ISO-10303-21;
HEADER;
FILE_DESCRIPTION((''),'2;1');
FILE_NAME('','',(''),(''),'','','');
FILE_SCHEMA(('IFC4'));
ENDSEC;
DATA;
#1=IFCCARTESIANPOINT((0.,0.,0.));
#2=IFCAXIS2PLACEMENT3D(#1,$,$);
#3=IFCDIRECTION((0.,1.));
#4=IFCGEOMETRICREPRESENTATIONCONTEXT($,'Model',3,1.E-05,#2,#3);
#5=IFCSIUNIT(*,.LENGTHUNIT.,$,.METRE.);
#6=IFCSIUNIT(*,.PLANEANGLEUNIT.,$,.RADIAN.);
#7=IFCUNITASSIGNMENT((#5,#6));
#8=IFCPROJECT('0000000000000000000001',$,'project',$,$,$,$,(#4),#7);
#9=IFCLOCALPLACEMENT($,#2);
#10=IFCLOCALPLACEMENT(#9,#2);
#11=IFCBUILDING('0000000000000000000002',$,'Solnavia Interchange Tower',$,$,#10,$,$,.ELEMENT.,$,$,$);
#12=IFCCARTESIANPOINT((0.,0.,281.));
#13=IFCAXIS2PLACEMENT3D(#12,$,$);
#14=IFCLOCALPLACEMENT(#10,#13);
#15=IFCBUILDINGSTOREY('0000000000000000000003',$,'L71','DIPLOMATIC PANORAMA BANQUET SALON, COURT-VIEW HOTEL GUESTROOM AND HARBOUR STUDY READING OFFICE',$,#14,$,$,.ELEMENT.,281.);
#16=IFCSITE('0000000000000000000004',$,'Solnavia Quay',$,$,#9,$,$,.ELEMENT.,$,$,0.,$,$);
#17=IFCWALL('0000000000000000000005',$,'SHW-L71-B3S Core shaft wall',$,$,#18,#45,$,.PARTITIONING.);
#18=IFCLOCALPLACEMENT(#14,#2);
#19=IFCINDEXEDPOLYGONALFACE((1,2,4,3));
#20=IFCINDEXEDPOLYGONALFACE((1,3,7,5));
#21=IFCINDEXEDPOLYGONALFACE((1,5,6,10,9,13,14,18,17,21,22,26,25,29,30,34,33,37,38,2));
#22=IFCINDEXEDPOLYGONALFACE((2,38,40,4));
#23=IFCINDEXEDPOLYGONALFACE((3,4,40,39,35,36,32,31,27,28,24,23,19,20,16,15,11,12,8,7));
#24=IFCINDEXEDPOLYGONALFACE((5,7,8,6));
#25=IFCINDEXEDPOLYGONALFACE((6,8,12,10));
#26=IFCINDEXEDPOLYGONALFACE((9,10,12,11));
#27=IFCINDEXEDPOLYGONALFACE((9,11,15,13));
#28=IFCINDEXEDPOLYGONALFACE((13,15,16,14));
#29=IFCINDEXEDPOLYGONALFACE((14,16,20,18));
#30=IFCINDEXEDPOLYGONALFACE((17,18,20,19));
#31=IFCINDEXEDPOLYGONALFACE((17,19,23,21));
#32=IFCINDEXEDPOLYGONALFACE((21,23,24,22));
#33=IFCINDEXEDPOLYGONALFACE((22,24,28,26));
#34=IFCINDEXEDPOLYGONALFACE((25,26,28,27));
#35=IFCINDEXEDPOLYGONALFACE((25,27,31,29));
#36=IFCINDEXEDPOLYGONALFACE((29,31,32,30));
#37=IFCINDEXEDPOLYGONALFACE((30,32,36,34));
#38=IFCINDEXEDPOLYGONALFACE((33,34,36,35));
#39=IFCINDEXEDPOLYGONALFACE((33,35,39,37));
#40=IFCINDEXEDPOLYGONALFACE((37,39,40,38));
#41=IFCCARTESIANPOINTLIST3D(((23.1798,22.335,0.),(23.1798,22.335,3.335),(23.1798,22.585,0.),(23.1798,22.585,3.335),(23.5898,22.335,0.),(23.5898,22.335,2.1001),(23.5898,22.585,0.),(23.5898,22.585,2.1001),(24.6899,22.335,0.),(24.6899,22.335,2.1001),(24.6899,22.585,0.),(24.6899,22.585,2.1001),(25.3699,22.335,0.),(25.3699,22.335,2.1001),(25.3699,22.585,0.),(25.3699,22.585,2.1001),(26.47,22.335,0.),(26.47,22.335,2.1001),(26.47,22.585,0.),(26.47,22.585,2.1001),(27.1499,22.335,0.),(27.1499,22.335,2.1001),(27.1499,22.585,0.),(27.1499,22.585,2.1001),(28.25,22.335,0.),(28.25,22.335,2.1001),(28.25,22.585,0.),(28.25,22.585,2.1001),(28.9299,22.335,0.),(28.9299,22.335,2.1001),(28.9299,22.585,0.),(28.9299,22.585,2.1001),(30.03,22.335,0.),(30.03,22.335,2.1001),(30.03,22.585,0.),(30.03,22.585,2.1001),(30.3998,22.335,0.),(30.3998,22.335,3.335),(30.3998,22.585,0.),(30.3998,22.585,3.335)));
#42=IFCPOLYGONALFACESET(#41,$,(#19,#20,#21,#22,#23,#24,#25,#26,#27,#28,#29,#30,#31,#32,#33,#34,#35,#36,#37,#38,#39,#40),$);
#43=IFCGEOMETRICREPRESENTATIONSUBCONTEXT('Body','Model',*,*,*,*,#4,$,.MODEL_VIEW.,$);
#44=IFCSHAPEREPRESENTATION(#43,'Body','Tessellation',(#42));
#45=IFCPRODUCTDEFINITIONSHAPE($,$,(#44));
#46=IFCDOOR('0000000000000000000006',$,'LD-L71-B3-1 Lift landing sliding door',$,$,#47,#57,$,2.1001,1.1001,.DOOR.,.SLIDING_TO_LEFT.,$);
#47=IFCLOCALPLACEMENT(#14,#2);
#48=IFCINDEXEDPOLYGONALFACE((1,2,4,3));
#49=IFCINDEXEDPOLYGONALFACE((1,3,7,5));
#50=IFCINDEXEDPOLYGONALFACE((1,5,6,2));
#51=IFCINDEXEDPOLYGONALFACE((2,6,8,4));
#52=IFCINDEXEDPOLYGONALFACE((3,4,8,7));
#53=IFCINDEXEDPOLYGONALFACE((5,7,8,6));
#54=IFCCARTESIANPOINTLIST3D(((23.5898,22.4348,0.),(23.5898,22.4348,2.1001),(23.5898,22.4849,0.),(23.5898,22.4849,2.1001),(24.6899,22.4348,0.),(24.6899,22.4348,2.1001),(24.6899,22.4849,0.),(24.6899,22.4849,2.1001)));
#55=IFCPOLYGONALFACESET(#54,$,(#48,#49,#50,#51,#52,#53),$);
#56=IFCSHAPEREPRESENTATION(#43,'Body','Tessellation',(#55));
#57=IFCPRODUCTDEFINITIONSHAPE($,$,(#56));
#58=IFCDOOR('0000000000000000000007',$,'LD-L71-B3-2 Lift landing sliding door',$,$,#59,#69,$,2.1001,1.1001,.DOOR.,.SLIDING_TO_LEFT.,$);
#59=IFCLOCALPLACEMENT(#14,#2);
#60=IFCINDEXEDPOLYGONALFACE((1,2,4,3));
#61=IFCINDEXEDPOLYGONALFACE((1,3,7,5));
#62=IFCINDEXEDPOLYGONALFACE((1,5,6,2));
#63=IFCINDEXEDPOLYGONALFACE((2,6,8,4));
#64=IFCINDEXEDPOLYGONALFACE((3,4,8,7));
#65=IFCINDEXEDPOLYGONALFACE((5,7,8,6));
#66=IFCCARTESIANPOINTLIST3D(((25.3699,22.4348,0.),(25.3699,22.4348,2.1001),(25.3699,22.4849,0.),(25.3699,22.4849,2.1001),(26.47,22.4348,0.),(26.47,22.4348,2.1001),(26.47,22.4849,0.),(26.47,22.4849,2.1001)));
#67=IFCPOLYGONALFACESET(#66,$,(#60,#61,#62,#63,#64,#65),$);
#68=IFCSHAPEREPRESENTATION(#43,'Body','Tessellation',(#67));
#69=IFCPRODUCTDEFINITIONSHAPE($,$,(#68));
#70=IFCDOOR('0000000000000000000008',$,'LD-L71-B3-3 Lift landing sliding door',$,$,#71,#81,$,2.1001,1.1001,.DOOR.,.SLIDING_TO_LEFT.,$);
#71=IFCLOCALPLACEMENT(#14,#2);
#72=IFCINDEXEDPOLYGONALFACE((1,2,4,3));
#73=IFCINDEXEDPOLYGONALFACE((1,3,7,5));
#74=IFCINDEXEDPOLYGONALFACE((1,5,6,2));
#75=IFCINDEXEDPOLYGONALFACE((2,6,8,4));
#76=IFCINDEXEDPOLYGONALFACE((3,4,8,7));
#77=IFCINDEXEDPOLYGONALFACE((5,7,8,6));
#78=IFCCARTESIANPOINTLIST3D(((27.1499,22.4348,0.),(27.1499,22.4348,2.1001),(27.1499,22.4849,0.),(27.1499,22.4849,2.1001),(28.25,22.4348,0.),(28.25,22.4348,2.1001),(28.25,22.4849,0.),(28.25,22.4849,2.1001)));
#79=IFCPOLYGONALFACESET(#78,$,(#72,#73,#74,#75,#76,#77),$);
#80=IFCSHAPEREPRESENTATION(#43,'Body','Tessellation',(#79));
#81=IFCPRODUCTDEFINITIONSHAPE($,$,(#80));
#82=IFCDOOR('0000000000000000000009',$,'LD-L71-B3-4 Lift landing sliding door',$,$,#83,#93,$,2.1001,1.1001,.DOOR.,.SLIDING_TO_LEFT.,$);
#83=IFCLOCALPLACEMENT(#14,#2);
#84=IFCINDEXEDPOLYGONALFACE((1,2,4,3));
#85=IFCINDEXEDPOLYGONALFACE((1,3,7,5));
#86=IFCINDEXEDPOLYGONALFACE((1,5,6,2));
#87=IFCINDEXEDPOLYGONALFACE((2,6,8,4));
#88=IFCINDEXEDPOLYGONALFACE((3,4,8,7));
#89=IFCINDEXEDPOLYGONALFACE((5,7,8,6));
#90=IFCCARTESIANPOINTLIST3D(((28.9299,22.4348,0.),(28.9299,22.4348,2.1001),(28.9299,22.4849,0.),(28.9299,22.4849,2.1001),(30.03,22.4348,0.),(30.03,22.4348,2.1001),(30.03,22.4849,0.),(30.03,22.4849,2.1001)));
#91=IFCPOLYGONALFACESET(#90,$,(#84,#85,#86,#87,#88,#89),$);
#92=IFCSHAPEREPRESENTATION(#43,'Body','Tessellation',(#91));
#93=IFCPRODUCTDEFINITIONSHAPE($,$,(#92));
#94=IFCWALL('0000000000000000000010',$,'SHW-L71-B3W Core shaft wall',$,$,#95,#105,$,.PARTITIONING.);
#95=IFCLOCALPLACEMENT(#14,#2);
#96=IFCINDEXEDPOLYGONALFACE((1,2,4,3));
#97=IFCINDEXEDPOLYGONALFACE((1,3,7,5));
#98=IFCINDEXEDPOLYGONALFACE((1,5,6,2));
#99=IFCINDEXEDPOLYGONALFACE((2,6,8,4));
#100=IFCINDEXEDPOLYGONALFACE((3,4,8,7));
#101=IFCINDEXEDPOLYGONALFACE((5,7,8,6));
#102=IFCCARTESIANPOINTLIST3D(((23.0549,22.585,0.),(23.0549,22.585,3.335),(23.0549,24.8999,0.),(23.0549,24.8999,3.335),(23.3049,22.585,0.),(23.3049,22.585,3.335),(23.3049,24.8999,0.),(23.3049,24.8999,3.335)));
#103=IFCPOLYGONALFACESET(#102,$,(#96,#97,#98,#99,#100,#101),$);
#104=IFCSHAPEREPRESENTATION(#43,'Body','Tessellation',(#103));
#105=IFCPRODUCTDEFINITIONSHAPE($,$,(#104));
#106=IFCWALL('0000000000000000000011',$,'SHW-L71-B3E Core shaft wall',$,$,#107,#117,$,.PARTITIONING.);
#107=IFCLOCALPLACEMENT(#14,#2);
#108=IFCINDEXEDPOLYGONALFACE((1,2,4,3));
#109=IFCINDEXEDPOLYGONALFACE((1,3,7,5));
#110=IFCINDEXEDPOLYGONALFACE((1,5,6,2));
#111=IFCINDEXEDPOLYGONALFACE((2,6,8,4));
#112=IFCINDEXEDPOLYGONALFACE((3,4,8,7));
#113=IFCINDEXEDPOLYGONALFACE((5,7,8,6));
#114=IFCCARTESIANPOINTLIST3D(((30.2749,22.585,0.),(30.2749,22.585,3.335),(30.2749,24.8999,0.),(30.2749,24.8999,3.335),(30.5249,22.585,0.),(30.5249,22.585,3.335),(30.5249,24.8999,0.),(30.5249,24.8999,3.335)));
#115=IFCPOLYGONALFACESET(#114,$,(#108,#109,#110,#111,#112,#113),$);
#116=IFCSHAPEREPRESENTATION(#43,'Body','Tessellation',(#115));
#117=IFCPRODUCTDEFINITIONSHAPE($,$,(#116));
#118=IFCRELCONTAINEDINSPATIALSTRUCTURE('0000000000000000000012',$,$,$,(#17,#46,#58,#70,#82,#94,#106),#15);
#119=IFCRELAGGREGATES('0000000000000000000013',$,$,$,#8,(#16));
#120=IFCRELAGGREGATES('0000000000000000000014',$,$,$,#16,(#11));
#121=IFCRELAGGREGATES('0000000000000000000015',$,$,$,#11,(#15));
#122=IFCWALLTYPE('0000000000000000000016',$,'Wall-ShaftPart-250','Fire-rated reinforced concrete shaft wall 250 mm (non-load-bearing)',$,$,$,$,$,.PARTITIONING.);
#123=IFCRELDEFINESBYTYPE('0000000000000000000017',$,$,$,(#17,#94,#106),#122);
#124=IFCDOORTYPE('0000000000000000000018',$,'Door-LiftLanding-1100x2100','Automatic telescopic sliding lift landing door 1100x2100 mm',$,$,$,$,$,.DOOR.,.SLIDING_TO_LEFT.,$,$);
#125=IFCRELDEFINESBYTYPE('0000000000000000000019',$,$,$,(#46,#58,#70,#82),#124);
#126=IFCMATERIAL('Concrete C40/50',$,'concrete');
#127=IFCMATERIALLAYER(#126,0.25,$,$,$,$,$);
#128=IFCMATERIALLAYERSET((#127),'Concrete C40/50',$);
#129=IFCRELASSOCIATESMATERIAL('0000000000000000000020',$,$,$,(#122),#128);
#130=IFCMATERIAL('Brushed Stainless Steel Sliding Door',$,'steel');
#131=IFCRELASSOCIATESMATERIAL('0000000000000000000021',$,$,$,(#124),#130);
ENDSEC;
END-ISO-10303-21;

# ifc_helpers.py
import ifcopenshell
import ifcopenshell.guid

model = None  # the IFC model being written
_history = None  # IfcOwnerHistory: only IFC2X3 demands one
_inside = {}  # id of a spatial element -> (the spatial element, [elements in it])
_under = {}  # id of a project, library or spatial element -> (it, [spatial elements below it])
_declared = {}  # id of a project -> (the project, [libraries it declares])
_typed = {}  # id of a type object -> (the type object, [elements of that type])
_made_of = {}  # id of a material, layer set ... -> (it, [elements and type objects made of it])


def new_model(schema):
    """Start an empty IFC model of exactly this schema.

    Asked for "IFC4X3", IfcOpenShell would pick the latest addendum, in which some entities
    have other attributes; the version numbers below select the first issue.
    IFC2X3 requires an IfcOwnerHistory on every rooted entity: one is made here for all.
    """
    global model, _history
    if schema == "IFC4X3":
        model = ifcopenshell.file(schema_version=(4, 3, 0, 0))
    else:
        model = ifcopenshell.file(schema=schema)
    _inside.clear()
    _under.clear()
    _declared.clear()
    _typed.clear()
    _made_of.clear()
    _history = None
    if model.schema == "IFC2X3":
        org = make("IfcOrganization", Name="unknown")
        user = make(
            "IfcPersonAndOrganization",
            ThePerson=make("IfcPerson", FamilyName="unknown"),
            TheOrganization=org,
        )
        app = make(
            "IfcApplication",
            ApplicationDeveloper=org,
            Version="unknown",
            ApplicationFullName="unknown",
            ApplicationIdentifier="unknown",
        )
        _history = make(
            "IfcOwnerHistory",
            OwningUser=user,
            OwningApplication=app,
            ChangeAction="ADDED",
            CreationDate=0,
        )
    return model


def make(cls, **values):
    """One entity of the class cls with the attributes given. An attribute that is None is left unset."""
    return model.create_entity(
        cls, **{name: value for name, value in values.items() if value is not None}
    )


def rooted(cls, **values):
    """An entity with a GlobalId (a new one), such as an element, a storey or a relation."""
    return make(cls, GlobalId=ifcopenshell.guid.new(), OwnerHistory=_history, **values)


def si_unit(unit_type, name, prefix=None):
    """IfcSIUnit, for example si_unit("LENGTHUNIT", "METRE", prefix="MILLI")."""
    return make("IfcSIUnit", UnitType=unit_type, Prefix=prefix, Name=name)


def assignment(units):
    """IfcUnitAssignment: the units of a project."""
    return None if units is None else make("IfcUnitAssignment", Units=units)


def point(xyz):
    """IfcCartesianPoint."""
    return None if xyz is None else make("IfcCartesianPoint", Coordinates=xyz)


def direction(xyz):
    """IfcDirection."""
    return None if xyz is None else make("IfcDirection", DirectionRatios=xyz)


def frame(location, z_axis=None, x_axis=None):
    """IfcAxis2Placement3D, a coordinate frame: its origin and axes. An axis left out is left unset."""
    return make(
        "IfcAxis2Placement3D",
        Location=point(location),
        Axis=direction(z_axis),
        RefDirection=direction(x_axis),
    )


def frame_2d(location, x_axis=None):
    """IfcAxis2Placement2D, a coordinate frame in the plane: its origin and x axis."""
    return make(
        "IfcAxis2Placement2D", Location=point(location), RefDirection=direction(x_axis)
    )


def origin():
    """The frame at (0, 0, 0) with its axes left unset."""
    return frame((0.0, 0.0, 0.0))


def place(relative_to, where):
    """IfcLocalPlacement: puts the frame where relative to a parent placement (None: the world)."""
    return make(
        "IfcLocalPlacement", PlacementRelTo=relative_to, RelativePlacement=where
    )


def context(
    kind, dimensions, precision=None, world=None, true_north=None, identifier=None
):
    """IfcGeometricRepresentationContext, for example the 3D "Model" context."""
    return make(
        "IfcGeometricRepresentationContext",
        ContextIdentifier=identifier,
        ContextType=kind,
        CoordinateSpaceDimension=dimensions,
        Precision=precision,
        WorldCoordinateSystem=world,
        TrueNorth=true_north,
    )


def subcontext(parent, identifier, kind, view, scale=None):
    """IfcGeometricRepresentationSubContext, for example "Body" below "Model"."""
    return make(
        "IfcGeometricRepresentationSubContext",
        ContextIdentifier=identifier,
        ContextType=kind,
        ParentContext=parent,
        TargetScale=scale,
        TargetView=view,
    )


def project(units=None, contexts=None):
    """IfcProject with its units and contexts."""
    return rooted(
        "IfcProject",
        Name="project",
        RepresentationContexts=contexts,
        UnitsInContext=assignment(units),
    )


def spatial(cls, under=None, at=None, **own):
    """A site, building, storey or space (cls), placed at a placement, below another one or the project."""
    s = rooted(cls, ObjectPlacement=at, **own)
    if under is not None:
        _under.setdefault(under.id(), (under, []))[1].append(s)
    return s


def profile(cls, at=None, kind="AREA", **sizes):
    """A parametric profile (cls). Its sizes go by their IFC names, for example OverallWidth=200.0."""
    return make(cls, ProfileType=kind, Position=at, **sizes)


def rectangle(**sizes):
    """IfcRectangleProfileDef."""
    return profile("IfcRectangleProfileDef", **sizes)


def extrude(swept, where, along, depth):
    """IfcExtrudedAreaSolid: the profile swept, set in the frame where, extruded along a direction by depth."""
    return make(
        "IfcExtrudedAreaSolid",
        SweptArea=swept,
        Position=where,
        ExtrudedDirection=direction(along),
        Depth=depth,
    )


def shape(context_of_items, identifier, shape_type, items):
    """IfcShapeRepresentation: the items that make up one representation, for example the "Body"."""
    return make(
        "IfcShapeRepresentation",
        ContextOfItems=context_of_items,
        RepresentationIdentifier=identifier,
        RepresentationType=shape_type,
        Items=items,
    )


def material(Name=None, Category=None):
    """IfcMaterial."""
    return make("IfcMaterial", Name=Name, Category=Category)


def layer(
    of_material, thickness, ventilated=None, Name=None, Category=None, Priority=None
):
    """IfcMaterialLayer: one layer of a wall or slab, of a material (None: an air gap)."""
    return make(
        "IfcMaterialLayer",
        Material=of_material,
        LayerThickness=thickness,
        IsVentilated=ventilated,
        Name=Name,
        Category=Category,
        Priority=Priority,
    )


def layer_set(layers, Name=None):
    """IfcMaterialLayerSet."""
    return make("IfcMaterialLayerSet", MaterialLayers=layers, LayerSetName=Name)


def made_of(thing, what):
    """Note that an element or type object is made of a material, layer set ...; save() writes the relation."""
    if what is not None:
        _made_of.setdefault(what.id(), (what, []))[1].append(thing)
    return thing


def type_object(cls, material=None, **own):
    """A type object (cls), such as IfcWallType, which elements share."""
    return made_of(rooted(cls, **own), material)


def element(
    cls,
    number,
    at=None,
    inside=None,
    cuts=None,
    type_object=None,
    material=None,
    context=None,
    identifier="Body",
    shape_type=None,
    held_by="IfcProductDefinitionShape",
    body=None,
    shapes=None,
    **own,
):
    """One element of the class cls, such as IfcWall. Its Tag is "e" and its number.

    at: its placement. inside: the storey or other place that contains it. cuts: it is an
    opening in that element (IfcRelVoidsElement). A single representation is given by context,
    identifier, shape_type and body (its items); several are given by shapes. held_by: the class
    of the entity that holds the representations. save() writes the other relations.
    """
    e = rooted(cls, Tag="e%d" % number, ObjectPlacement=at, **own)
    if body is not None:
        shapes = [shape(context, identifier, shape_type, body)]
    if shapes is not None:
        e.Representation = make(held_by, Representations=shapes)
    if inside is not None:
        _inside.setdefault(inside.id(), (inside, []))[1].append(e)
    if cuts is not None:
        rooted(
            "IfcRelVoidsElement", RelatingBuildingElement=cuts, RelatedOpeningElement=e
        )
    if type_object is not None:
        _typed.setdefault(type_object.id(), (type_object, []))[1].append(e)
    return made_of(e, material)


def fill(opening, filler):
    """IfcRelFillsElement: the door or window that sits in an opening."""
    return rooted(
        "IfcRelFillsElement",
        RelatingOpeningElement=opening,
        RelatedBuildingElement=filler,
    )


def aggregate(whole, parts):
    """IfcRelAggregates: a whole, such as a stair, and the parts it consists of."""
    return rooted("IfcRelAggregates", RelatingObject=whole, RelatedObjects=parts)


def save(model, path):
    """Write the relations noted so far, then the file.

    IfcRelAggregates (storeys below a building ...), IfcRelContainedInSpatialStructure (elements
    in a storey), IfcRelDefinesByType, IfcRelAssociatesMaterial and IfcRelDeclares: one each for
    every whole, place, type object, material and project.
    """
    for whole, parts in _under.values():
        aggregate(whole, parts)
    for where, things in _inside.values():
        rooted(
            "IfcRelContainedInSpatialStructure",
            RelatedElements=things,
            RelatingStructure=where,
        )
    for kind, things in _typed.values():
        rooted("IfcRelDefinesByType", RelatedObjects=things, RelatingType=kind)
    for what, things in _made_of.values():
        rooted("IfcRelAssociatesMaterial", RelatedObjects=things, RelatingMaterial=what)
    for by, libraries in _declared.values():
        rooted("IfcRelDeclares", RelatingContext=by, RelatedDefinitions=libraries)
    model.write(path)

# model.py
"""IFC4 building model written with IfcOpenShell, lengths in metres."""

from ifc_helpers import new_model, si_unit, direction, frame, frame_2d, origin, place, context, subcontext, project, spatial, rectangle, extrude, material, layer, layer_set, type_object, element, fill, save


model = new_model("IFC4")

# Units and contexts
model_context = context("Model", 3, precision=1e-05, world=origin(), true_north=direction((0.0, 1.0)))
body_context = subcontext(model_context, "Body", "Model", "MODEL_VIEW")
ifc_project = project(units=[si_unit("LENGTHUNIT", "METRE"), si_unit("PLANEANGLEUNIT", "RADIAN")], contexts=[model_context])

# Site, building, storey
site_placement = place(None, origin())
site = spatial("IfcSite", under=ifc_project, at=site_placement, Name="Solnavia Quay", CompositionType="ELEMENT", RefElevation=0.0)
building_placement = place(site_placement, origin())
building = spatial("IfcBuilding", under=site, at=building_placement, Name="Solnavia Interchange Tower", CompositionType="ELEMENT")
storey_placement = place(building_placement, frame((0.0, 0.0, 281.0)))
storey = spatial("IfcBuildingStorey", under=building, at=storey_placement, Name="L71", Description="DIPLOMATIC PANORAMA BANQUET SALON, COURT-VIEW HOTEL GUESTROOM AND HARBOUR STUDY READING OFFICE", CompositionType="ELEMENT", Elevation=281.0)

# Shared definitions
ifc_material_1 = material(Name="Concrete C40/50", Category="concrete")

# Wall, openings, doors
ifc_layer_1 = layer(ifc_material_1, 0.25)
ifc_layer_set_1 = layer_set([ifc_layer_1], Name="Concrete C40/50")
wall_type_1 = type_object("IfcWallType", Name="Wall-ShaftPart-250", Description="Fire-rated reinforced concrete shaft wall 250 mm (non-load-bearing)", PredefinedType="PARTITIONING", material=ifc_layer_set_1)
wall_1_placement = place(storey_placement, frame((23.1799, 22.46, 0.0), z_axis=(0.0, 0.0, 1.0), x_axis=(1.0, 0.0, 0.0)))
wall_1 = element("IfcWall", 1, at=wall_1_placement, inside=storey, type_object=wall_type_1, Name="SHW-L71-B3S Core shaft wall", PredefinedType="PARTITIONING", context=body_context, shape_type="SweptSolid", body=[
    extrude(rectangle(XDim=7.22, YDim=0.25, at=frame_2d((3.6099, 0.0))), origin(), (0.0, 0.0, 1.0), 3.335),
])
opening_1_placement = place(wall_1_placement, frame((0.4099, 0.0, 0.0)))
opening_1 = element("IfcOpeningElement", 2, at=opening_1_placement, cuts=wall_1, PredefinedType="OPENING", context=body_context, shape_type="SweptSolid", body=[
    extrude(rectangle(XDim=1.1001, YDim=2.1001, at=frame_2d((0.55, 1.05))), frame((0.0, 0.135, 0.0), z_axis=(0.0, -1.0, 0.0), x_axis=(1.0, 0.0, 0.0)), (0.0, 0.0, 1.0), 0.27),
])
opening_2_placement = place(wall_1_placement, frame((2.1899, 0.0, 0.0)))
opening_2 = element("IfcOpeningElement", 3, at=opening_2_placement, cuts=wall_1, PredefinedType="OPENING", context=body_context, shape_type="SweptSolid", body=[
    extrude(rectangle(XDim=1.1001, YDim=2.1001, at=frame_2d((0.55, 1.05))), frame((0.0, 0.135, 0.0), z_axis=(0.0, -1.0, 0.0), x_axis=(1.0, 0.0, 0.0)), (0.0, 0.0, 1.0), 0.27),
])
opening_3_placement = place(wall_1_placement, frame((3.97, 0.0, 0.0)))
opening_3 = element("IfcOpeningElement", 4, at=opening_3_placement, cuts=wall_1, PredefinedType="OPENING", context=body_context, shape_type="SweptSolid", body=[
    extrude(rectangle(XDim=1.1001, YDim=2.1001, at=frame_2d((0.55, 1.05))), frame((0.0, 0.135, 0.0), z_axis=(0.0, -1.0, 0.0), x_axis=(1.0, 0.0, 0.0)), (0.0, 0.0, 1.0), 0.27),
])
opening_4_placement = place(wall_1_placement, frame((5.75, 0.0, 0.0)))
opening_4 = element("IfcOpeningElement", 5, at=opening_4_placement, cuts=wall_1, PredefinedType="OPENING", context=body_context, shape_type="SweptSolid", body=[
    extrude(rectangle(XDim=1.1001, YDim=2.1001, at=frame_2d((0.55, 1.05))), frame((0.0, 0.135, 0.0), z_axis=(0.0, -1.0, 0.0), x_axis=(1.0, 0.0, 0.0)), (0.0, 0.0, 1.0), 0.27),
])
ifc_material_2 = material(Name="Brushed Stainless Steel Sliding Door", Category="steel")
door_type = type_object("IfcDoorType", Name="Door-LiftLanding-1100x2100", Description="Automatic telescopic sliding lift landing door 1100x2100 mm", OperationType="SLIDING_TO_LEFT", PredefinedType="DOOR", material=ifc_material_2)
door_1_placement = place(opening_1_placement, origin())
door_1 = element("IfcDoor", 6, at=door_1_placement, inside=storey, type_object=door_type, Name="LD-L71-B3-1 Lift landing sliding door", OperationType="SLIDING_TO_LEFT", OverallHeight=2.1001, OverallWidth=1.1001, PredefinedType="DOOR", context=body_context, shape_type="SweptSolid", body=[
    extrude(rectangle(XDim=1.1001, YDim=2.1001, at=frame_2d((0.55, 1.05))), frame((0.0, 0.0249, 0.0), z_axis=(0.0, -1.0, 0.0), x_axis=(1.0, 0.0, 0.0)), (0.0, 0.0, 1.0), 0.05),
])
fill(opening_1, door_1)
door_2_placement = place(opening_2_placement, origin())
door_2 = element("IfcDoor", 7, at=door_2_placement, inside=storey, type_object=door_type, Name="LD-L71-B3-2 Lift landing sliding door", OperationType="SLIDING_TO_LEFT", OverallHeight=2.1001, OverallWidth=1.1001, PredefinedType="DOOR", context=body_context, shape_type="SweptSolid", body=[
    extrude(rectangle(XDim=1.1001, YDim=2.1001, at=frame_2d((0.55, 1.05))), frame((0.0, 0.0249, 0.0), z_axis=(0.0, -1.0, 0.0), x_axis=(1.0, 0.0, 0.0)), (0.0, 0.0, 1.0), 0.05),
])
fill(opening_2, door_2)
door_3_placement = place(opening_3_placement, origin())
door_3 = element("IfcDoor", 8, at=door_3_placement, inside=storey, type_object=door_type, Name="LD-L71-B3-3 Lift landing sliding door", OperationType="SLIDING_TO_LEFT", OverallHeight=2.1001, OverallWidth=1.1001, PredefinedType="DOOR", context=body_context, shape_type="SweptSolid", body=[
    extrude(rectangle(XDim=1.1001, YDim=2.1001, at=frame_2d((0.55, 1.05))), frame((0.0, 0.0249, 0.0), z_axis=(0.0, -1.0, 0.0), x_axis=(1.0, 0.0, 0.0)), (0.0, 0.0, 1.0), 0.05),
])
fill(opening_3, door_3)
door_4_placement = place(opening_4_placement, origin())
door_4 = element("IfcDoor", 9, at=door_4_placement, inside=storey, type_object=door_type, Name="LD-L71-B3-4 Lift landing sliding door", OperationType="SLIDING_TO_LEFT", OverallHeight=2.1001, OverallWidth=1.1001, PredefinedType="DOOR", context=body_context, shape_type="SweptSolid", body=[
    extrude(rectangle(XDim=1.1001, YDim=2.1001, at=frame_2d((0.55, 1.05))), frame((0.0, 0.0249, 0.0), z_axis=(0.0, -1.0, 0.0), x_axis=(1.0, 0.0, 0.0)), (0.0, 0.0, 1.0), 0.05),
])
fill(opening_4, door_4)

# Walls
for number, where, z_axis, x_axis, name in (
    (10, (23.1799, 22.585, 0.0), (0.0, 0.0, 1.0), (0.0, 1.0, 0.0), "SHW-L71-B3W Core shaft wall"),
    (11, (30.3999, 22.585, 0.0), (0.0, 0.0, 1.0), (0.0, 1.0, 0.0), "SHW-L71-B3E Core shaft wall"),
):
    element("IfcWall", number, at=place(storey_placement, frame(where, z_axis=z_axis, x_axis=x_axis)), inside=storey, type_object=wall_type_1, Name=name, PredefinedType="PARTITIONING", context=body_context, shape_type="SweptSolid", body=[
        extrude(rectangle(XDim=2.3149, YDim=0.25, at=frame_2d((1.1575, 0.0))), origin(), (0.0, 0.0, 1.0), 3.335),
    ])

save(model, "model.ifc")
